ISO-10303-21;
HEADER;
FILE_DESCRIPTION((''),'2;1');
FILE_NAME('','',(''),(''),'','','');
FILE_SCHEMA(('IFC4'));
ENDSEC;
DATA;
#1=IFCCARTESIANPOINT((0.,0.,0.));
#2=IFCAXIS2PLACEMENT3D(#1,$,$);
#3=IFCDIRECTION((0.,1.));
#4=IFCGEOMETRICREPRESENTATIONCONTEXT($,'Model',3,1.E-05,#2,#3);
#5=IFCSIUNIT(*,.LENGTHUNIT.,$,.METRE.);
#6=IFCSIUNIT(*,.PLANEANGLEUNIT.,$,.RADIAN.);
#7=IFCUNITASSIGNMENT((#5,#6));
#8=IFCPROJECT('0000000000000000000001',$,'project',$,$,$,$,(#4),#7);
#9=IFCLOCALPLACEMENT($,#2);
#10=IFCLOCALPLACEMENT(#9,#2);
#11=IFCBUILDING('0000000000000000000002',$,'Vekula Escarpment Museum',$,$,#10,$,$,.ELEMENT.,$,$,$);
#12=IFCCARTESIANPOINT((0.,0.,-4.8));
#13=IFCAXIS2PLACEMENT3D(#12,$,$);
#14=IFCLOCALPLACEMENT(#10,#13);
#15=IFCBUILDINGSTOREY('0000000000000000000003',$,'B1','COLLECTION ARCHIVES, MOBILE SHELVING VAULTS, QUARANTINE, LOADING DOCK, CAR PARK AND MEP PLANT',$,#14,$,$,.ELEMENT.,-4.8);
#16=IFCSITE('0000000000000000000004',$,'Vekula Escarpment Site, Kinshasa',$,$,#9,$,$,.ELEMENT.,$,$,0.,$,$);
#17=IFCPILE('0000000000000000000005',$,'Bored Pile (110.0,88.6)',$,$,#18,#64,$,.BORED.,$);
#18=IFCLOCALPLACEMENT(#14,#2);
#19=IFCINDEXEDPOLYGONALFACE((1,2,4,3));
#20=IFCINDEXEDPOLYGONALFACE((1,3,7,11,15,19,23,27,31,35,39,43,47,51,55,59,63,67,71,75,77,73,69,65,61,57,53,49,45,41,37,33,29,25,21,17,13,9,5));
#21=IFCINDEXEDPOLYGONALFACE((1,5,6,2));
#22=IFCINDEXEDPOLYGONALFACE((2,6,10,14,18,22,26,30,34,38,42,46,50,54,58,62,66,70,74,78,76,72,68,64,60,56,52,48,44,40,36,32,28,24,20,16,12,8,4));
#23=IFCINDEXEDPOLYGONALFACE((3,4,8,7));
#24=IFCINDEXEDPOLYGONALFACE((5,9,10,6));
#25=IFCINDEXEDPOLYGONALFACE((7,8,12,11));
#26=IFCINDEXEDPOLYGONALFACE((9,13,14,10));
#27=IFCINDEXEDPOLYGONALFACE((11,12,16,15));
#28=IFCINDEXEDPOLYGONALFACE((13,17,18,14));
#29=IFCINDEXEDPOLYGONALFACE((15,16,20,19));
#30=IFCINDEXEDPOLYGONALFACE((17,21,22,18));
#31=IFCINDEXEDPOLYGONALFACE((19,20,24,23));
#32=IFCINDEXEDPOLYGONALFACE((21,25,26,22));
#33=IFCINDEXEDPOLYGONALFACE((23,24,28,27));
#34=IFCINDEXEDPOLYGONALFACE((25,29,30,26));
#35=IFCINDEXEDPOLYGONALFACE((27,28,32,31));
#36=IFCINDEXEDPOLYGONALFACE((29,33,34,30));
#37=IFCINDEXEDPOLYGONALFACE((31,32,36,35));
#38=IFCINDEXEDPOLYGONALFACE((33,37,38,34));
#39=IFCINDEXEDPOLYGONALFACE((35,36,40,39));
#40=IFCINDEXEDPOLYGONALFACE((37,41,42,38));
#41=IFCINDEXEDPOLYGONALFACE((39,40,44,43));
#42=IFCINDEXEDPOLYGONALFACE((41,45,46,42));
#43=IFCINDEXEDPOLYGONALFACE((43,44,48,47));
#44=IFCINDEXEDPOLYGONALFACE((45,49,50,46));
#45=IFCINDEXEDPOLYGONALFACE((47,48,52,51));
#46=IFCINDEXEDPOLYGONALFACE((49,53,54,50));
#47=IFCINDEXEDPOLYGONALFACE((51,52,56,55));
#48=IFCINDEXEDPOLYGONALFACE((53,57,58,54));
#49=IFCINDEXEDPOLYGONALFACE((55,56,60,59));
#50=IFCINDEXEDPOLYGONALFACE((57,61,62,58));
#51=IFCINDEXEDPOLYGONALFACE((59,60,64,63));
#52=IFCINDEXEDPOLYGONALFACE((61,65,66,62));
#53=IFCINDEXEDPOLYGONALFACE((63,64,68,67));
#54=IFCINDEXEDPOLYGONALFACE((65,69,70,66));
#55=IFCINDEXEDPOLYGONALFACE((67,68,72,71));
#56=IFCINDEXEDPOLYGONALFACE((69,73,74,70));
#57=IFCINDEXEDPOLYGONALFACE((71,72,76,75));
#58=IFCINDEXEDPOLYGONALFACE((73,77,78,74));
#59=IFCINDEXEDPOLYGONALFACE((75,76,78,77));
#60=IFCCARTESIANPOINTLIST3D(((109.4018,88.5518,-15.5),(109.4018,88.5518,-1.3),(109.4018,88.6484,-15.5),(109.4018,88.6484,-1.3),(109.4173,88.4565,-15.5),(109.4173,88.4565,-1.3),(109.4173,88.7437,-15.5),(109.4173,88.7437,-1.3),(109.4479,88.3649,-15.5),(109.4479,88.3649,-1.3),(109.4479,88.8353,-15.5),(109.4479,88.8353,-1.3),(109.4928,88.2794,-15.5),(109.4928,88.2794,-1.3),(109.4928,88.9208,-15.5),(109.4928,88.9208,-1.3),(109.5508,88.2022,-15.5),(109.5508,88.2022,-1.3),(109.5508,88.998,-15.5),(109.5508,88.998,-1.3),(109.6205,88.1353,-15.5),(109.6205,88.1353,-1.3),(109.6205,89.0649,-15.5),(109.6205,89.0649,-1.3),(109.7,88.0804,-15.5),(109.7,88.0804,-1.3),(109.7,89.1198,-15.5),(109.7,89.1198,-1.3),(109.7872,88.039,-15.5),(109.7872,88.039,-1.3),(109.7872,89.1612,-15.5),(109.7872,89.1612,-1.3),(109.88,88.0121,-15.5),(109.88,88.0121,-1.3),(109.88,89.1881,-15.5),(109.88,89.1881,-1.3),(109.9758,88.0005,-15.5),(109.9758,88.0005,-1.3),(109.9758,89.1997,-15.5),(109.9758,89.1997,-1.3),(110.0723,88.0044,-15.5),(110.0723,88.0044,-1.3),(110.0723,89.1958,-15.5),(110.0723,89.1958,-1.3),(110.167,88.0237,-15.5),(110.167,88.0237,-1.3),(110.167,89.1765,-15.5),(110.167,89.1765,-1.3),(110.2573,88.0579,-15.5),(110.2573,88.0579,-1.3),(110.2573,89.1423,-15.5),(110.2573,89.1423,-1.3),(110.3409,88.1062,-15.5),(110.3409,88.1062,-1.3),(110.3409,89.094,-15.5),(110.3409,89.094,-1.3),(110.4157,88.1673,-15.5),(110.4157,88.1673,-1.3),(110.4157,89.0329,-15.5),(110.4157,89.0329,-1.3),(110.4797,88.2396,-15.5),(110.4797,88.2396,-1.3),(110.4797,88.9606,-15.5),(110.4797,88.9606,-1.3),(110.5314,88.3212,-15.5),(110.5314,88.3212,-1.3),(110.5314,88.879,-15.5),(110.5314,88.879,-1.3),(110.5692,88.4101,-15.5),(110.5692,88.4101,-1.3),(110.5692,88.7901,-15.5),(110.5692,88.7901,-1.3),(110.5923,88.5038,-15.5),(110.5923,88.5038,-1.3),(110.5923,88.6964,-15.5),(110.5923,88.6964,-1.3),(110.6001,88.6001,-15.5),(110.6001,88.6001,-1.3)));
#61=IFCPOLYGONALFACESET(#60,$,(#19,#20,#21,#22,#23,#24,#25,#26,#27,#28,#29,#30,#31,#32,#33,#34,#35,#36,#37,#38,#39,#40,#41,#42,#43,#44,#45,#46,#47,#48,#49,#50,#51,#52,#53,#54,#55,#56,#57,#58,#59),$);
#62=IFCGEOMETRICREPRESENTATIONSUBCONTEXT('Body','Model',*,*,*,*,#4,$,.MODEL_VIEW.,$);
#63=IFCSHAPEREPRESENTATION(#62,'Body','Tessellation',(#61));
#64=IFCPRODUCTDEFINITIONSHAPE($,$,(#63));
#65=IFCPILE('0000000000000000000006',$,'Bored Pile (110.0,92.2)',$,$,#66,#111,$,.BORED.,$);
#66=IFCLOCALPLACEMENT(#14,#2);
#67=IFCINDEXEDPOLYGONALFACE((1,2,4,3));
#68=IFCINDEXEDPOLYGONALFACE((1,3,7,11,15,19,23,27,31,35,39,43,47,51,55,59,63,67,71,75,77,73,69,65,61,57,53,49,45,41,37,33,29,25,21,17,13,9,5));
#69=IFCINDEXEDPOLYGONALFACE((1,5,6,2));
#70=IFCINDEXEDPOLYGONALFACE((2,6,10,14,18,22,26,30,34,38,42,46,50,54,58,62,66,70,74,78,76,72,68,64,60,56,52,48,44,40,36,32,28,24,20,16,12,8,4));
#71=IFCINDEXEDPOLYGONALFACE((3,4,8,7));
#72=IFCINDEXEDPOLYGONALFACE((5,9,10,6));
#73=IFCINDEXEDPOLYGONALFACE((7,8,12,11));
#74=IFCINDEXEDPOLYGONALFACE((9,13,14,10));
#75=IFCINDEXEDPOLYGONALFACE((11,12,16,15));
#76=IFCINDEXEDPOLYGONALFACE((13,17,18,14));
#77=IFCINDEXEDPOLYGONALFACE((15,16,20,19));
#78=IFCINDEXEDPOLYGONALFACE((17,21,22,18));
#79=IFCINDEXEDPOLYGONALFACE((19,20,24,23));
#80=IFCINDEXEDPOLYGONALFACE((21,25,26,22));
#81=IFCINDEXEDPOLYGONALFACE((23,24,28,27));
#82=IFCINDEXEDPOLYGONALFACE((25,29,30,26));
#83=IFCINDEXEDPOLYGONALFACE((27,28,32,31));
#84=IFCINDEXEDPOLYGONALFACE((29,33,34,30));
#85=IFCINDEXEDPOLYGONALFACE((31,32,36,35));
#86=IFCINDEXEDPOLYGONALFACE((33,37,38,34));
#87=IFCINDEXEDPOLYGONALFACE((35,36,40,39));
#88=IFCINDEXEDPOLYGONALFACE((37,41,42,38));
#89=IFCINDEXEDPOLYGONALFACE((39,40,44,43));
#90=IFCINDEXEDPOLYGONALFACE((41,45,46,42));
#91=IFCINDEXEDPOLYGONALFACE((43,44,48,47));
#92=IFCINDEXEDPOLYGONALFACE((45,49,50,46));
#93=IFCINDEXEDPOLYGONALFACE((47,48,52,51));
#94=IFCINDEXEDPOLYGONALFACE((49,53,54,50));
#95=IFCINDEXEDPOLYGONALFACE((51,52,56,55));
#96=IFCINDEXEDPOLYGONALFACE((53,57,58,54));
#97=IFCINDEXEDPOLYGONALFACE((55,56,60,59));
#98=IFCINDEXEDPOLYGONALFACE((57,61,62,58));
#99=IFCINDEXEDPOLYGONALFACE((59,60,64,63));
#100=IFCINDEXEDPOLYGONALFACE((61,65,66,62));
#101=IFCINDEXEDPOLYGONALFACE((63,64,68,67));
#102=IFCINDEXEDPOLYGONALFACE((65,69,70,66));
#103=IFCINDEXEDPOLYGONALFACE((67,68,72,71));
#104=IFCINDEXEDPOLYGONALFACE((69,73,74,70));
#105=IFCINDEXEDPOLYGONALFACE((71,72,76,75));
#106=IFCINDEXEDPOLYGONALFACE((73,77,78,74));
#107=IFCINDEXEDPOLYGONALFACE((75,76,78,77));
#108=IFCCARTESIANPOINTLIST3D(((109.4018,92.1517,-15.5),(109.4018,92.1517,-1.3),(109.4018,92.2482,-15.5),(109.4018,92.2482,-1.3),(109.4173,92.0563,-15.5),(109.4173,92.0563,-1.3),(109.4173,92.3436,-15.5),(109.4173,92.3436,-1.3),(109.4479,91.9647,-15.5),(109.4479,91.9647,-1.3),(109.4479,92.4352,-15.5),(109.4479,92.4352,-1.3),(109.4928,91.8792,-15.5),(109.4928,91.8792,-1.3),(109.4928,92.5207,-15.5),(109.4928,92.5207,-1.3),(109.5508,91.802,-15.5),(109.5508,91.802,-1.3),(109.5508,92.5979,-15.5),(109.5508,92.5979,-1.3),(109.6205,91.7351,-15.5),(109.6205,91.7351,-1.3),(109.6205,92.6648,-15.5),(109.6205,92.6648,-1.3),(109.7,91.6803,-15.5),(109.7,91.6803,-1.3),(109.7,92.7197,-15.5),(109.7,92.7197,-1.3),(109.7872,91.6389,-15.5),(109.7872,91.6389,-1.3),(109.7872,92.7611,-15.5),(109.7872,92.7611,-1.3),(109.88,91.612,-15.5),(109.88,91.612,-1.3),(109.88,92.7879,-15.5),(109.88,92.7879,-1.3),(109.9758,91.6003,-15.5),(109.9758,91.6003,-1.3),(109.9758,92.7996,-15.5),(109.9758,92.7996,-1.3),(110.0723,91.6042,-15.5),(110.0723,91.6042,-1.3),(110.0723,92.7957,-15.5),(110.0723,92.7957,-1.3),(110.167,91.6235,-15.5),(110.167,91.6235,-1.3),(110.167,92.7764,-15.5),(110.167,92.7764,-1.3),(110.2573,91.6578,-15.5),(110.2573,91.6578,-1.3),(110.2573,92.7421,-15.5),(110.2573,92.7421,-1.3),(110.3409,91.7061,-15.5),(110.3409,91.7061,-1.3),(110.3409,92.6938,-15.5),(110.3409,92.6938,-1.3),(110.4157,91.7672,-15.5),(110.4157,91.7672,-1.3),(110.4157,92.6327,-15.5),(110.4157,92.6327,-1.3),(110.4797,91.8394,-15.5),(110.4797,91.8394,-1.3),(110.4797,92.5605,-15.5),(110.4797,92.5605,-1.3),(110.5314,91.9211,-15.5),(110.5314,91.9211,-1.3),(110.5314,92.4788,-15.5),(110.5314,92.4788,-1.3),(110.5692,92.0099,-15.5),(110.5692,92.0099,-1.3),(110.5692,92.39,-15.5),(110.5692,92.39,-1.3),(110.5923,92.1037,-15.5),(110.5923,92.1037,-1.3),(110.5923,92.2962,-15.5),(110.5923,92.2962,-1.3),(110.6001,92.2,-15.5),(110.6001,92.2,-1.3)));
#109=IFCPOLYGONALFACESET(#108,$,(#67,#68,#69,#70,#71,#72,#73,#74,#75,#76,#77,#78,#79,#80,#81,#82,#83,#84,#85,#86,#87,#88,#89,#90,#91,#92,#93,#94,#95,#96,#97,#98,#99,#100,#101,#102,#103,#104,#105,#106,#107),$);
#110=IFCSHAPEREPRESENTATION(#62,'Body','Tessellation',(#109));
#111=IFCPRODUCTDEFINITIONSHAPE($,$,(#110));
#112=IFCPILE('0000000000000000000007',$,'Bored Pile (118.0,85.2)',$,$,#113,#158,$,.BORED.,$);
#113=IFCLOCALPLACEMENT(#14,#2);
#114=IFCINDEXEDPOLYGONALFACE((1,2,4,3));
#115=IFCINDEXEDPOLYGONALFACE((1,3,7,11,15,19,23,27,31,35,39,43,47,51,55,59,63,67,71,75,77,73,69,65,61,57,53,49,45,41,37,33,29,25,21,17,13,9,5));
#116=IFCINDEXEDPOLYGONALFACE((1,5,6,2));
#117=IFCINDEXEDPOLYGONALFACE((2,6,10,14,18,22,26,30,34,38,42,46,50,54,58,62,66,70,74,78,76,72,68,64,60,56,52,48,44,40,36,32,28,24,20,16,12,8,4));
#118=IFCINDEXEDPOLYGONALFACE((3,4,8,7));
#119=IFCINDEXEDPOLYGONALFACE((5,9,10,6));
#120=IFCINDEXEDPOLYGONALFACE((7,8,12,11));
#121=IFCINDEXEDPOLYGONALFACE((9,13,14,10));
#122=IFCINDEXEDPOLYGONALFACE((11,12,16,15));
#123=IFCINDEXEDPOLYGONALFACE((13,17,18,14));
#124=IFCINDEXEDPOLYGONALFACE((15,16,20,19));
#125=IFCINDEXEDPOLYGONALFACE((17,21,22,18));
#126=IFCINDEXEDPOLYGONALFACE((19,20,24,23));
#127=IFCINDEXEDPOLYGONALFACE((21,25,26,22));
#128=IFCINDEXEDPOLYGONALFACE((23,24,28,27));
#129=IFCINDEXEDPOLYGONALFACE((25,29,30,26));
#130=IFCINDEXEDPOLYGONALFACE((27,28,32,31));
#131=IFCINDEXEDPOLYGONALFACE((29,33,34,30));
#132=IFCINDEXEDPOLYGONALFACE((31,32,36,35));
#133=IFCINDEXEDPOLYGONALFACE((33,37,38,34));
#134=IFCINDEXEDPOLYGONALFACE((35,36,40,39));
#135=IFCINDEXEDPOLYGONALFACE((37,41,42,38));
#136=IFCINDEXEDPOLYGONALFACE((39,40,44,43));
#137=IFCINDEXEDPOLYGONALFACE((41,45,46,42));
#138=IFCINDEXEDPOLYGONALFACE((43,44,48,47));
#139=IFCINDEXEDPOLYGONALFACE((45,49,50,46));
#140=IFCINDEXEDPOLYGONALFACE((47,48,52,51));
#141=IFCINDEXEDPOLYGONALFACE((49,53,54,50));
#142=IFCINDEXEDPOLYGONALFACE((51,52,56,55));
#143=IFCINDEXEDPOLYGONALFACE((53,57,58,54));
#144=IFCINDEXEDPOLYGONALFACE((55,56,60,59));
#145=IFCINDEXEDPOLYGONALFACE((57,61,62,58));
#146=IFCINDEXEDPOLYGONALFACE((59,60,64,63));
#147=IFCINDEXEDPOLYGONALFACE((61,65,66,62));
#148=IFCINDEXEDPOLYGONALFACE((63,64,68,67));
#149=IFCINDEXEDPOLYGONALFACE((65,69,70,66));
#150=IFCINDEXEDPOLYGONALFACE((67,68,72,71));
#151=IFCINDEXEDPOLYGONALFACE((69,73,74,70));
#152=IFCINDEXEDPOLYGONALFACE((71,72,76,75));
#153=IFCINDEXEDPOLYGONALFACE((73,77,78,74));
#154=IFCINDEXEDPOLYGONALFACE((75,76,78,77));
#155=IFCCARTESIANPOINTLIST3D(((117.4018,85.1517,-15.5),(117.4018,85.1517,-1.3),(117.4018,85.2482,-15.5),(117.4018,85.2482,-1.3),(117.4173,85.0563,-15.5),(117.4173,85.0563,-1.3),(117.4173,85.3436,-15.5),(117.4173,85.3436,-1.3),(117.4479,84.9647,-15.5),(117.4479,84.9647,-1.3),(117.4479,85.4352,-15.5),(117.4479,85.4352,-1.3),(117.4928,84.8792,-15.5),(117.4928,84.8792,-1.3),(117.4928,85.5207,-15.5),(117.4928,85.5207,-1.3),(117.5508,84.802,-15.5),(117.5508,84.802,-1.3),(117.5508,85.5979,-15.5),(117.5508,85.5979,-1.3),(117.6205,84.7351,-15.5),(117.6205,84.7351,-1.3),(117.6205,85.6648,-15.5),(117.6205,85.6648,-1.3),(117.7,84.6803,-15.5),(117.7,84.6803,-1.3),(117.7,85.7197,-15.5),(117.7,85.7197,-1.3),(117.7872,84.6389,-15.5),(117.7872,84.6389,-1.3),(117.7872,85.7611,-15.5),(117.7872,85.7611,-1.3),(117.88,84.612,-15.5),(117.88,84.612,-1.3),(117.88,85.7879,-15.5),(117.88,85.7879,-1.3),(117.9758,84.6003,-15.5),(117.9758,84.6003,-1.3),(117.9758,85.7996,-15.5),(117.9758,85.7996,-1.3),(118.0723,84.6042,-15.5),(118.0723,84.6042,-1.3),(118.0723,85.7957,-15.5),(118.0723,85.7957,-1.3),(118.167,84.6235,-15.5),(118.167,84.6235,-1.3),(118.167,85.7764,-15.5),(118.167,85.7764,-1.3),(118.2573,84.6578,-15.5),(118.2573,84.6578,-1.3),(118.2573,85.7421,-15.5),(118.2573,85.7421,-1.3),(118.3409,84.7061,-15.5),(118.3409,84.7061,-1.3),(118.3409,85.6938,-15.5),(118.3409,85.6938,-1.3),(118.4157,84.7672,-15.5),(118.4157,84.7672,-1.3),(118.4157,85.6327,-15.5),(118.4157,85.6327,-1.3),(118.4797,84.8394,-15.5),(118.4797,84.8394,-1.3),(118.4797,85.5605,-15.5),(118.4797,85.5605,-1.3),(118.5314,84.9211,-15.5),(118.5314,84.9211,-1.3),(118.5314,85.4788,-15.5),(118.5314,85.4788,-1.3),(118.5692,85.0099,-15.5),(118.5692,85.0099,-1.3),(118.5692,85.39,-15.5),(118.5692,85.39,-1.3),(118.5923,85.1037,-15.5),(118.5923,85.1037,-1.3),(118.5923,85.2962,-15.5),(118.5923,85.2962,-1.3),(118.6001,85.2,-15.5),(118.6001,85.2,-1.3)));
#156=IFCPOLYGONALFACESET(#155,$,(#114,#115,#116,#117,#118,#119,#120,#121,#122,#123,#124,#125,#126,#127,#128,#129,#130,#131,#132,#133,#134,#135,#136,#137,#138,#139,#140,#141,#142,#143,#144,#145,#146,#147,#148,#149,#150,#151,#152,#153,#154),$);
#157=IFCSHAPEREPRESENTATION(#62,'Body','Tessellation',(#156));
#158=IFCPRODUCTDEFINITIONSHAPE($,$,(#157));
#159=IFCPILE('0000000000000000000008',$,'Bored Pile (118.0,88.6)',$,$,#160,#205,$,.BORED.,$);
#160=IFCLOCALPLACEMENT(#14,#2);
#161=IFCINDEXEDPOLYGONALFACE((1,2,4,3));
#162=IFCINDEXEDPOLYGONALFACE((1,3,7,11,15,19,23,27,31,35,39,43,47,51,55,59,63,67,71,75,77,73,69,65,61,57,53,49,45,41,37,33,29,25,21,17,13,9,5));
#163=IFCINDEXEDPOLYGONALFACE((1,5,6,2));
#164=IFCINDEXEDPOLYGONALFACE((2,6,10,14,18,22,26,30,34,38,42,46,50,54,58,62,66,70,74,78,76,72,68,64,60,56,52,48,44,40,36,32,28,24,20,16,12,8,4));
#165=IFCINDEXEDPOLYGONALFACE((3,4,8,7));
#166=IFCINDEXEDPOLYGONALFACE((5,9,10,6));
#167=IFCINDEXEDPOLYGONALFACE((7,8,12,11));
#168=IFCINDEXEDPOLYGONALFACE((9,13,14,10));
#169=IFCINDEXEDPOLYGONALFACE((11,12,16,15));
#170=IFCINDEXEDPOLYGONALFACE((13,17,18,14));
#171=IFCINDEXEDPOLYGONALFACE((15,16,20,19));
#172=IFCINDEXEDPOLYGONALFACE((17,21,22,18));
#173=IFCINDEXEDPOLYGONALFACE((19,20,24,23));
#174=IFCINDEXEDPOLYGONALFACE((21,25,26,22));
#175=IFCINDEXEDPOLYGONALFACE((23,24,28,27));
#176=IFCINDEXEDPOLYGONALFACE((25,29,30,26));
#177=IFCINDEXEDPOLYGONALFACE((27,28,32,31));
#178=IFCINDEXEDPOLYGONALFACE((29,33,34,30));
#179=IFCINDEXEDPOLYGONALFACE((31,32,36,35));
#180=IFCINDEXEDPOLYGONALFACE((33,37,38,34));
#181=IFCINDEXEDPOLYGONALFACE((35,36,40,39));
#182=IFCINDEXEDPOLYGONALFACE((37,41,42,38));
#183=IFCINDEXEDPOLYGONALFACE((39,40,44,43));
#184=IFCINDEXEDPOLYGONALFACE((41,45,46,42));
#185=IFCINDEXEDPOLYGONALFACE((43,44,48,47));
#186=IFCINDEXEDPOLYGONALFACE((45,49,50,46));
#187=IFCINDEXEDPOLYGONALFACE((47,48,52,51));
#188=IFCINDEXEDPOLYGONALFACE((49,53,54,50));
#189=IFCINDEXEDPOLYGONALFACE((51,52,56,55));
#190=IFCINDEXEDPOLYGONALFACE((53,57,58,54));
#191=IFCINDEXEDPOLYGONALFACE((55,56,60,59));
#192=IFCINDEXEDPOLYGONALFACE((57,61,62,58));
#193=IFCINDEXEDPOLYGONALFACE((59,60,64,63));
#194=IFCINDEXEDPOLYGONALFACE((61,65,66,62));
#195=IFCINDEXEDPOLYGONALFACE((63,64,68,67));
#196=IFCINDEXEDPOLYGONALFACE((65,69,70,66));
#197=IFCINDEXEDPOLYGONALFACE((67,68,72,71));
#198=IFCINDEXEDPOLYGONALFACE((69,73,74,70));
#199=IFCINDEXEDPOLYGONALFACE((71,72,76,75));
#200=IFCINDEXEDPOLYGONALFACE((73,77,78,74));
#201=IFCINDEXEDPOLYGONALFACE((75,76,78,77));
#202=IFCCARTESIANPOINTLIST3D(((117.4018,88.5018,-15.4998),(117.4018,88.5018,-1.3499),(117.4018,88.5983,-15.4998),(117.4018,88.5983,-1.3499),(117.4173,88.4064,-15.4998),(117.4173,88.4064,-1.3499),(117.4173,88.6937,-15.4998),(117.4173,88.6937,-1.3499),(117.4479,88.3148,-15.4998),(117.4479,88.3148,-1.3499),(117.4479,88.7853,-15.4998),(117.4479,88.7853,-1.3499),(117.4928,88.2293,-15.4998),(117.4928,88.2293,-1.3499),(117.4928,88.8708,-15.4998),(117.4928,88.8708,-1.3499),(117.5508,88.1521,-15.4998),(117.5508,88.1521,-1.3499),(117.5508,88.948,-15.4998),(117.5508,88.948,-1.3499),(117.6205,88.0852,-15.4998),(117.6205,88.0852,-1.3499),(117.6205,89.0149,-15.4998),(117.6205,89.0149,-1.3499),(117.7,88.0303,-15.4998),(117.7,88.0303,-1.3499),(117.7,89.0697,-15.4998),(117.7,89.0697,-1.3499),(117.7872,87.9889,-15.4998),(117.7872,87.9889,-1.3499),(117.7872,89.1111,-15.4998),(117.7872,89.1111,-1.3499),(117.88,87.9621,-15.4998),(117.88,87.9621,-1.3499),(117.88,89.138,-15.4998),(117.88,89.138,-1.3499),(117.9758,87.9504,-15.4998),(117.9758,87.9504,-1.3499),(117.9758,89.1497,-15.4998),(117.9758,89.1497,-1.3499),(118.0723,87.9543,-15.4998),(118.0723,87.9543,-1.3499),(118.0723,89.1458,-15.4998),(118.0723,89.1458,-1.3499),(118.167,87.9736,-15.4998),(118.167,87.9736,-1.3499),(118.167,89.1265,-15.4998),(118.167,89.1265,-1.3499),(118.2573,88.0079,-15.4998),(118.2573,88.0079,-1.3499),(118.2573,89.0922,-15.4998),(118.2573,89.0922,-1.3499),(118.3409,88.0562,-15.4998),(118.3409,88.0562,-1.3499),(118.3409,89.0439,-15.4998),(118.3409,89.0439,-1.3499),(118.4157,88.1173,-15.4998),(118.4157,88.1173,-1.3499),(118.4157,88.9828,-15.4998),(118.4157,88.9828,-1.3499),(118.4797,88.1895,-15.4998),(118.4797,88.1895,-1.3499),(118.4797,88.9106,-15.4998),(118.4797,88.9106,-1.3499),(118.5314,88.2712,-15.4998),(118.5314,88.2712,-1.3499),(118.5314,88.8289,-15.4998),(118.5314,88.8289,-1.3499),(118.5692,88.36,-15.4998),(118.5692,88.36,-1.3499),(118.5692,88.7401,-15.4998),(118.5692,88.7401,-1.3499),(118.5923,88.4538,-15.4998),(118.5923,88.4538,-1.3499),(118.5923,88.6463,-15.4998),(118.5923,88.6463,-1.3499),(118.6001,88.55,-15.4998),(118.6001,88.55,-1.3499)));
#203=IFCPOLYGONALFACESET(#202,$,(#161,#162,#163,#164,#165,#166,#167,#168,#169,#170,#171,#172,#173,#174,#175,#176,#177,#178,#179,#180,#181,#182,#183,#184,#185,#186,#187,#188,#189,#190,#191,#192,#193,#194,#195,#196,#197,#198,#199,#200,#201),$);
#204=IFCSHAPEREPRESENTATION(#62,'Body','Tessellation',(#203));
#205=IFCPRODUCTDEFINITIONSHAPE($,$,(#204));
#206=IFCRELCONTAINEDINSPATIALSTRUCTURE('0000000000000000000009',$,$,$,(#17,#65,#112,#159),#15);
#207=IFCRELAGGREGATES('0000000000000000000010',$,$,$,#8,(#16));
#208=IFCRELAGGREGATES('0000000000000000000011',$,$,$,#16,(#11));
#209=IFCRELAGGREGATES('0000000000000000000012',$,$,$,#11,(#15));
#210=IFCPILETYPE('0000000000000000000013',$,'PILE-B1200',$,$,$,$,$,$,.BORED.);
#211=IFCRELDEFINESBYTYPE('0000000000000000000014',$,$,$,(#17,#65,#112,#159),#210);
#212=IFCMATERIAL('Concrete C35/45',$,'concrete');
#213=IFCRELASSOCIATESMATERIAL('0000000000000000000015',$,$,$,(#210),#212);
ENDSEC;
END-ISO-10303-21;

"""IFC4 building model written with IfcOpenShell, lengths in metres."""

from ifc_helpers import new_model, si_unit, direction, frame, origin, origin_2d, place, context, subcontext, project, spatial, circle, extrude, material, material_profile, profile_set, type_object, element, save


model = new_model("IFC4")

# Units and contexts
model_context = context("Model", 3, precision=1e-05, world=origin(), true_north=direction((0.0, 1.0)))
body_context = subcontext(model_context, "Body", "Model", "MODEL_VIEW")
ifc_project = project(units=[si_unit("LENGTHUNIT", "METRE"), si_unit("PLANEANGLEUNIT", "RADIAN")], contexts=[model_context])

# Site, building, storey
site_placement = place(None, origin())
site = spatial("IfcSite", under=ifc_project, at=site_placement, Name="Vekula Escarpment Site, Kinshasa", CompositionType="ELEMENT", RefElevation=0.0)
building_placement = place(site_placement, origin())
building = spatial("IfcBuilding", under=site, at=building_placement, Name="Vekula Escarpment Museum", CompositionType="ELEMENT")
storey_placement = place(building_placement, frame((0.0, 0.0, -4.8)))
storey = spatial("IfcBuildingStorey", under=building, at=storey_placement, Name="B1", Description="COLLECTION ARCHIVES, MOBILE SHELVING VAULTS, QUARANTINE, LOADING DOCK, CAR PARK AND MEP PLANT", CompositionType="ELEMENT", Elevation=-4.8)

# Piles
ifc_material_1 = material(Name="Concrete C35/45", Category="concrete")
ifc_material_profile_1 = material_profile(ifc_material_1, circle(Radius=0.6001, at=origin_2d()), Name="BORED PILE 1200")
ifc_profile_set_1 = profile_set([ifc_material_profile_1], Name="Concrete C35/45")
pile_type = type_object("IfcPileType", Name="PILE-B1200", PredefinedType="BORED", material=ifc_profile_set_1)
for number, where, z_axis, x_axis, name in (
    (1, (110.0, 88.6001, -1.3), (0.0, 0.0, -1.0), (1.0, 0.0, 0.0), "Bored Pile (110.0,88.6)"),
    (2, (110.0, 92.2, -1.3), (0.0, 0.0, -1.0), (1.0, 0.0, 0.0), "Bored Pile (110.0,92.2)"),
    (3, (118.0, 85.2, -1.3), (0.0, 0.0, -1.0), (1.0, 0.0, 0.0), "Bored Pile (118.0,85.2)"),
):
    element("IfcPile", number, at=place(storey_placement, frame(where, z_axis=z_axis, x_axis=x_axis)), inside=storey, type_object=pile_type, Name=name, PredefinedType="BORED", context=body_context, shape_type="SweptSolid", body=[
        extrude(circle(Radius=0.6001, at=origin_2d()), origin(), (0.0, 0.0, 1.0), 14.2),
    ])
for number, where, z_axis, x_axis, name in (
    (4, (118.0, 88.55, -1.3499), (0.0, 0.0, -1.0), (1.0, 0.0, 0.0), "Bored Pile (118.0,88.6)"),
):
    element("IfcPile", number, at=place(storey_placement, frame(where, z_axis=z_axis, x_axis=x_axis)), inside=storey, type_object=pile_type, Name=name, PredefinedType="BORED", context=body_context, shape_type="SweptSolid", body=[
        extrude(circle(Radius=0.6001, at=origin_2d()), origin(), (0.0, 0.0, 1.0), 14.1499),
    ])

save(model, "model.ifc")
